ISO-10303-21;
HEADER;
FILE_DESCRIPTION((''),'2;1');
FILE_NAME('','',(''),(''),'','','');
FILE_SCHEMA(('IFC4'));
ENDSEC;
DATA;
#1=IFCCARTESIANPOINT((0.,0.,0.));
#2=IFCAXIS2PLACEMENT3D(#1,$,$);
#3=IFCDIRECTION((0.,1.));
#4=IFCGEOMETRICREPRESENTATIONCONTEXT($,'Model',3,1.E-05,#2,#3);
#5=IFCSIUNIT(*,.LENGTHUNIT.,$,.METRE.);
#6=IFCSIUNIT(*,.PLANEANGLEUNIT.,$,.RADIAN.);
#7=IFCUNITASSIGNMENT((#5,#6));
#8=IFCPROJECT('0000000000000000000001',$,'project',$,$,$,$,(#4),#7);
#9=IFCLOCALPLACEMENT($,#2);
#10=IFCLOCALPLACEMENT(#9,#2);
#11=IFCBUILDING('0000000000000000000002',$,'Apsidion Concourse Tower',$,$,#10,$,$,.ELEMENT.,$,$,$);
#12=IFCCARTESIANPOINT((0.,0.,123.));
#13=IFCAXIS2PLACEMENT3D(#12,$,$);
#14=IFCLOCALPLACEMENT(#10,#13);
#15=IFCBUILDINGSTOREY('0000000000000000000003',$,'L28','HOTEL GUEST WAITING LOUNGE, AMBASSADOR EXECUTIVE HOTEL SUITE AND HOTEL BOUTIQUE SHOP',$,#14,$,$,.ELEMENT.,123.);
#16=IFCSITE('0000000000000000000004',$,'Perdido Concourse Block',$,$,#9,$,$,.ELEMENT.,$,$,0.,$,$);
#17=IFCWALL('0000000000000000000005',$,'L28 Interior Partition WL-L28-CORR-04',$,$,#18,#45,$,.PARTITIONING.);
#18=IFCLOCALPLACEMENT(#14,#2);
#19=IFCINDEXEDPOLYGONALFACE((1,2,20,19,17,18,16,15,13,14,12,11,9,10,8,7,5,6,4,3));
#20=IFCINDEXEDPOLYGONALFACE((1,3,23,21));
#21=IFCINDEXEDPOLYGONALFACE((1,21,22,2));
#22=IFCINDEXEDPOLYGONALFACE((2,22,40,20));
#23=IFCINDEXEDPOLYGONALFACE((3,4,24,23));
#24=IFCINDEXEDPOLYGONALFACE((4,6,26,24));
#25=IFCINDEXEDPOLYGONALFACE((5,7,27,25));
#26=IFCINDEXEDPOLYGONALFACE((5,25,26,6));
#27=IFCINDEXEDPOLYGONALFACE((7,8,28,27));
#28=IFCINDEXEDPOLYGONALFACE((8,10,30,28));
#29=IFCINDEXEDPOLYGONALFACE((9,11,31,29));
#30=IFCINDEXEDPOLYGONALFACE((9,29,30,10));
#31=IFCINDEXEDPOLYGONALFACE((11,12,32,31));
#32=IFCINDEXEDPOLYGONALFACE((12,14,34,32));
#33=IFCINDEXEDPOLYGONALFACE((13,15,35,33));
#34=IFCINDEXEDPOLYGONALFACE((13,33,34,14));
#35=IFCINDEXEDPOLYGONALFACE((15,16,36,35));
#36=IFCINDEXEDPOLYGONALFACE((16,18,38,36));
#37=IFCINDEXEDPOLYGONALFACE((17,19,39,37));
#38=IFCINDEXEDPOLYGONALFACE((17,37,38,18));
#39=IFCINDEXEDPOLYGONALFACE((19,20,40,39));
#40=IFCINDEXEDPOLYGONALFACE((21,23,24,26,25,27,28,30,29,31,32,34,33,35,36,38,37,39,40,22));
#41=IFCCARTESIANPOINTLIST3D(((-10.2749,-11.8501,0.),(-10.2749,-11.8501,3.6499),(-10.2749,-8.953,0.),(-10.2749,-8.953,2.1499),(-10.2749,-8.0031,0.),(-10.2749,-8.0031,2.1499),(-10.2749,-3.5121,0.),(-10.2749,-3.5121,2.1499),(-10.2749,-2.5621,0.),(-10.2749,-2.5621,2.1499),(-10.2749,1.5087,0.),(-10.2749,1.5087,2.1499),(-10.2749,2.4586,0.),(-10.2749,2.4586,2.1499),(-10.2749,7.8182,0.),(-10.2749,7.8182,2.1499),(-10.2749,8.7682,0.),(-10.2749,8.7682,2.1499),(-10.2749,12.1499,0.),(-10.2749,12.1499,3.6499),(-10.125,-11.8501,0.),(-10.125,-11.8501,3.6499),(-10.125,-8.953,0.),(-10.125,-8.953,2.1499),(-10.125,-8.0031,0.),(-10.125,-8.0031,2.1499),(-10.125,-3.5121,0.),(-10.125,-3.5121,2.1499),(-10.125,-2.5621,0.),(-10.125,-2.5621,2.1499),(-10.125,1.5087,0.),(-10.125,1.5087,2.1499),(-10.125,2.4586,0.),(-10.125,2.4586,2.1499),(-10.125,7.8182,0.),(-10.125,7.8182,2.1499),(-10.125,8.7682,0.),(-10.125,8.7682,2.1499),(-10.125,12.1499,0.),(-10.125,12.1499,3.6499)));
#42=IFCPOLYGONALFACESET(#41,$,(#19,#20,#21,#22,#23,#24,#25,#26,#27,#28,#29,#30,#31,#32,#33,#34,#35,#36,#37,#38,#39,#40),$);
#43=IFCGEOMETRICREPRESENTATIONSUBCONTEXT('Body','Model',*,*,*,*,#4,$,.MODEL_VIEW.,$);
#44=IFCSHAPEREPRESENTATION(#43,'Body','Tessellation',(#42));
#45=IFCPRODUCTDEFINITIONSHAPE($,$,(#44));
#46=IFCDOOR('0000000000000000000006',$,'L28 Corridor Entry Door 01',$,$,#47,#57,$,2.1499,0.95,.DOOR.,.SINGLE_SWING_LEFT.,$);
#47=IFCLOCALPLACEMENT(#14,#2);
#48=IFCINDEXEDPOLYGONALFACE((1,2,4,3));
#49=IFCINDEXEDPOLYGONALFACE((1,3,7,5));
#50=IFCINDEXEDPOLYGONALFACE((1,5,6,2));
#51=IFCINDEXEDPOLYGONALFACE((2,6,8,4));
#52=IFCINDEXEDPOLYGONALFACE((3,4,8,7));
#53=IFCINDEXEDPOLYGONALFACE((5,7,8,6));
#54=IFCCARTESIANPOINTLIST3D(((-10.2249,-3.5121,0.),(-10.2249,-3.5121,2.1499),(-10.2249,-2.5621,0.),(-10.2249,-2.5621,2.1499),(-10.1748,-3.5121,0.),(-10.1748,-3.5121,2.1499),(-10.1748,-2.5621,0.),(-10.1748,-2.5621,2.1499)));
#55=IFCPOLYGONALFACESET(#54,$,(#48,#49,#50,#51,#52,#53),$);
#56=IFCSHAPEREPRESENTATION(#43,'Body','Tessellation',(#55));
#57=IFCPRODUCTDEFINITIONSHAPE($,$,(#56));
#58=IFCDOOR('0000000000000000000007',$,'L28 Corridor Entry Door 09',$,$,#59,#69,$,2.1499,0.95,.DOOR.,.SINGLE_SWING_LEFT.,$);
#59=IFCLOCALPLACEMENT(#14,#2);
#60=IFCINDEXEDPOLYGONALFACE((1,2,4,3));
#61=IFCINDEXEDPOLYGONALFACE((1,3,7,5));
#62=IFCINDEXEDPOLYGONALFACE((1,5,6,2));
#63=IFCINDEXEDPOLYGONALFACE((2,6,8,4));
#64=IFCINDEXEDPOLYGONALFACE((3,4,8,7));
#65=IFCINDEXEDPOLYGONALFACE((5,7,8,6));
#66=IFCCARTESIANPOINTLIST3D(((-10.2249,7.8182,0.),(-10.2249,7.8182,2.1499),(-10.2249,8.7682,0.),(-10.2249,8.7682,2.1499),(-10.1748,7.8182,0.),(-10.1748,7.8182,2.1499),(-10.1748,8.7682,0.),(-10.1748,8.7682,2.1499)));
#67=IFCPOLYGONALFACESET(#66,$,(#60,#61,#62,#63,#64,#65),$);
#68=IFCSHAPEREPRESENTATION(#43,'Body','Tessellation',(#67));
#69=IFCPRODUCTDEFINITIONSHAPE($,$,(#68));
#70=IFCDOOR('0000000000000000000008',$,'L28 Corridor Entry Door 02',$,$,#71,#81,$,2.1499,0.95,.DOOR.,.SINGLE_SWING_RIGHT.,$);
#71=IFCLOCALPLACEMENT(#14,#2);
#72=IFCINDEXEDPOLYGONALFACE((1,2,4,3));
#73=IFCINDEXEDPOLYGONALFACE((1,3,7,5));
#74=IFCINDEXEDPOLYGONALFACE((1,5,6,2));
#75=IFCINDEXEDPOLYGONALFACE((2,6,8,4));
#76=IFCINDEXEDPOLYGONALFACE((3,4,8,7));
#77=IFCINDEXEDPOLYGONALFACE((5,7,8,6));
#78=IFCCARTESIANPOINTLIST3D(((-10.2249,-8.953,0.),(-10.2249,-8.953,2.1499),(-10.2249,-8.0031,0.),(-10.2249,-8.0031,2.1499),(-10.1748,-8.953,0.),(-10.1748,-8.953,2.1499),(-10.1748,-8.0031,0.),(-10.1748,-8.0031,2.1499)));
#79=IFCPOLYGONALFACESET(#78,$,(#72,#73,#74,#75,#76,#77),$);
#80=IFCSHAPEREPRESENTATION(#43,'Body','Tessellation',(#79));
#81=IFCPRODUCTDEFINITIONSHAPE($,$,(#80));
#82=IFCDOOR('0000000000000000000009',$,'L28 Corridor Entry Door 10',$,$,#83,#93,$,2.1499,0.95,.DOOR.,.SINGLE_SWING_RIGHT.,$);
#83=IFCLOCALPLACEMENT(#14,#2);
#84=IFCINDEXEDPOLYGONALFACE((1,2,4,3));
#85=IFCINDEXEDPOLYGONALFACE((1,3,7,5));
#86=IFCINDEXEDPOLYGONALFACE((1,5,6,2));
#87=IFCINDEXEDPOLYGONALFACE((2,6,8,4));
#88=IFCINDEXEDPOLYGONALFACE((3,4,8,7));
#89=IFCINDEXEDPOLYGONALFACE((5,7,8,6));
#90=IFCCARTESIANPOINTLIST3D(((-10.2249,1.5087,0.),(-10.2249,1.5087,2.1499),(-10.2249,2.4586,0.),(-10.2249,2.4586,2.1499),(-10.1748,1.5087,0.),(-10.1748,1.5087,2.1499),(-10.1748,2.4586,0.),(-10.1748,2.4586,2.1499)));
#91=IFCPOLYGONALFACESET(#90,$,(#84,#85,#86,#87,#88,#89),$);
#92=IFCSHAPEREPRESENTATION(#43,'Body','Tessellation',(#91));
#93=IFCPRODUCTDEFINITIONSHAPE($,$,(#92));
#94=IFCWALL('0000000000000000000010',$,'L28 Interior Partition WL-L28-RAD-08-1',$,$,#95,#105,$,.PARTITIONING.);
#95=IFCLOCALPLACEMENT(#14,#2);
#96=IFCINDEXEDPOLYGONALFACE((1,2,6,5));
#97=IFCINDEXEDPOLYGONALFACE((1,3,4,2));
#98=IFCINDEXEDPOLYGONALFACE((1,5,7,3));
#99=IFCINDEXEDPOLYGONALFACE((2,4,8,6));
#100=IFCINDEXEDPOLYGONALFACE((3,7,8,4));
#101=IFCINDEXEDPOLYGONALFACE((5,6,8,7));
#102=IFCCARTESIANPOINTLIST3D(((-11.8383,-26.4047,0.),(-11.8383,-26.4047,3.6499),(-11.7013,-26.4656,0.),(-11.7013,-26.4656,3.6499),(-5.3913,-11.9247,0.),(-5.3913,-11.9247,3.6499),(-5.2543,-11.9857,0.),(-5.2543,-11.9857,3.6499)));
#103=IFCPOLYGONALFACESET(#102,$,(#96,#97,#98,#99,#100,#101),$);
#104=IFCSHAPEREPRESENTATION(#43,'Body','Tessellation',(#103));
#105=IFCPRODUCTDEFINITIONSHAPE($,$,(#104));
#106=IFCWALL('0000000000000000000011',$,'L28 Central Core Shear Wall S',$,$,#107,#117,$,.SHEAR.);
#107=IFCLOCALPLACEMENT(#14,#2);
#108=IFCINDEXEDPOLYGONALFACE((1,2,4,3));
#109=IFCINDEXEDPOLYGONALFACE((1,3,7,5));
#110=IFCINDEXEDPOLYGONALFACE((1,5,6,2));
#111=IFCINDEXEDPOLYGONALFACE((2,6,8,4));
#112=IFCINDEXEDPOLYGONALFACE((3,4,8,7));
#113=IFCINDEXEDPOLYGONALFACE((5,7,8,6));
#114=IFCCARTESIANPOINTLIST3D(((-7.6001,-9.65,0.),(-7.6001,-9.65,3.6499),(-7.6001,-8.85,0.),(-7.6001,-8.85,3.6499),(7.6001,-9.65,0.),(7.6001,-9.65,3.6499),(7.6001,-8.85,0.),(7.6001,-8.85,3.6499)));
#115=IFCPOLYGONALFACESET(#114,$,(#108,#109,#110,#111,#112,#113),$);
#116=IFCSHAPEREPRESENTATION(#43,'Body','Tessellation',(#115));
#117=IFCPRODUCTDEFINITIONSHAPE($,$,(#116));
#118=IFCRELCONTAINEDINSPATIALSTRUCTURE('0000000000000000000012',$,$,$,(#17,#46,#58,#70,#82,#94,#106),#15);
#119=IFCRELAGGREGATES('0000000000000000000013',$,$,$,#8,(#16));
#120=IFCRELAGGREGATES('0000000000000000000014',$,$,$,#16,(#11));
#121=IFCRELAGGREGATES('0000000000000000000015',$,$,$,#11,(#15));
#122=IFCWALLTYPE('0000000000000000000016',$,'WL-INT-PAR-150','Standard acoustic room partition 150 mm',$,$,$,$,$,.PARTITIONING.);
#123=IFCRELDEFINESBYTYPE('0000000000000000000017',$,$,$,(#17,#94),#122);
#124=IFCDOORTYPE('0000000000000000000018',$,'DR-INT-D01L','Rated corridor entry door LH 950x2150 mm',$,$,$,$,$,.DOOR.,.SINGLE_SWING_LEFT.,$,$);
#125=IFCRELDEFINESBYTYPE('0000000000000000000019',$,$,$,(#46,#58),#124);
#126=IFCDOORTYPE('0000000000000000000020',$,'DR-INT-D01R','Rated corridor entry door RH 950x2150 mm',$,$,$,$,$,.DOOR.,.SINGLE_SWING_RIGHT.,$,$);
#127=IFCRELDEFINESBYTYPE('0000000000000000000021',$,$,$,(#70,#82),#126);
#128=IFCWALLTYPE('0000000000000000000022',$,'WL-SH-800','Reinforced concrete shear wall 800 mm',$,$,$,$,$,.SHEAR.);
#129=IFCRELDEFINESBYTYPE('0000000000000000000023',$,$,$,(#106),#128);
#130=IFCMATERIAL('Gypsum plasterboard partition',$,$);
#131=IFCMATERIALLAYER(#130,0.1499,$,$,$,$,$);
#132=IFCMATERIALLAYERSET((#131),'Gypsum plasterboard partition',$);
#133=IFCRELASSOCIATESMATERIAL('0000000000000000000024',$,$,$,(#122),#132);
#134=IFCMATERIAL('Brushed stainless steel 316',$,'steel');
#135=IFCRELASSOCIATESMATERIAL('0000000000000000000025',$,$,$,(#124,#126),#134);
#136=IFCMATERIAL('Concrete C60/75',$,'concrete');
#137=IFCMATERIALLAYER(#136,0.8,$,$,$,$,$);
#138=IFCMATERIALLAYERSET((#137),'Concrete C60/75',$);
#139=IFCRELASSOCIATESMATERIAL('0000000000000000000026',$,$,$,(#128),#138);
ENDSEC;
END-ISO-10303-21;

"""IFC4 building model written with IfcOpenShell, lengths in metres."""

from ifc_helpers import new_model, si_unit, direction, frame, frame_2d, origin, place, context, subcontext, project, spatial, rectangle, extrude, material, layer, layer_set, type_object, element, fill, save


model = new_model("IFC4")

# Units and contexts
model_context = context("Model", 3, precision=1e-05, world=origin(), true_north=direction((0.0, 1.0)))
body_context = subcontext(model_context, "Body", "Model", "MODEL_VIEW")
ifc_project = project(units=[si_unit("LENGTHUNIT", "METRE"), si_unit("PLANEANGLEUNIT", "RADIAN")], contexts=[model_context])

# Site, building, storey
site_placement = place(None, origin())
site = spatial("IfcSite", under=ifc_project, at=site_placement, Name="Perdido Concourse Block", CompositionType="ELEMENT", RefElevation=0.0)
building_placement = place(site_placement, origin())
building = spatial("IfcBuilding", under=site, at=building_placement, Name="Apsidion Concourse Tower", CompositionType="ELEMENT")
storey_placement = place(building_placement, frame((0.0, 0.0, 123.0)))
storey = spatial("IfcBuildingStorey", under=building, at=storey_placement, Name="L28", Description="HOTEL GUEST WAITING LOUNGE, AMBASSADOR EXECUTIVE HOTEL SUITE AND HOTEL BOUTIQUE SHOP", CompositionType="ELEMENT", Elevation=123.0)

# Shared definitions
ifc_material_1 = material(Name="Concrete C60/75", Category="concrete")

# Shared definitions
ifc_material_2 = material(Name="Gypsum plasterboard partition")
ifc_layer_1 = layer(ifc_material_2, 0.1499)
ifc_layer_set_1 = layer_set([ifc_layer_1], Name="Gypsum plasterboard partition")
wall_type_1 = type_object("IfcWallType", Name="WL-INT-PAR-150", Description="Standard acoustic room partition 150 mm", PredefinedType="PARTITIONING", material=ifc_layer_set_1)

# Wall, openings, doors
wall_1_placement = place(storey_placement, frame((-10.2, -11.8501, 0.0), z_axis=(0.0, 0.0, 1.0), x_axis=(0.0, 1.0, 0.0)))
wall_1 = element("IfcWall", 1, at=wall_1_placement, inside=storey, type_object=wall_type_1, Name="L28 Interior Partition WL-L28-CORR-04", PredefinedType="PARTITIONING", context=body_context, shape_type="SweptSolid", body=[
    extrude(rectangle(XDim=24.0, YDim=0.1499, at=frame_2d((12.0, 0.0))), origin(), (0.0, 0.0, 1.0), 3.6499),
])
opening_1_placement = place(wall_1_placement, frame((8.3379, 0.0, 0.0)))
opening_1 = element("IfcOpeningElement", 2, at=opening_1_placement, cuts=wall_1, PredefinedType="OPENING", context=body_context, shape_type="SweptSolid", body=[
    extrude(rectangle(XDim=0.95, YDim=2.1499, at=frame_2d((0.4751, 1.075))), frame((0.0, 0.085, 0.0), z_axis=(0.0, -1.0, 0.0), x_axis=(1.0, 0.0, 0.0)), (0.0, 0.0, 1.0), 0.1699),
])
opening_2_placement = place(wall_1_placement, frame((2.897, 0.0, 0.0)))
opening_2 = element("IfcOpeningElement", 3, at=opening_2_placement, cuts=wall_1, PredefinedType="OPENING", context=body_context, shape_type="SweptSolid", body=[
    extrude(rectangle(XDim=0.95, YDim=2.1499, at=frame_2d((0.4751, 1.075))), frame((0.0, 0.085, 0.0), z_axis=(0.0, -1.0, 0.0), x_axis=(1.0, 0.0, 0.0)), (0.0, 0.0, 1.0), 0.1699),
])
opening_3_placement = place(wall_1_placement, frame((19.6682, 0.0, 0.0)))
opening_3 = element("IfcOpeningElement", 4, at=opening_3_placement, cuts=wall_1, PredefinedType="OPENING", context=body_context, shape_type="SweptSolid", body=[
    extrude(rectangle(XDim=0.95, YDim=2.1499, at=frame_2d((0.4751, 1.075))), frame((0.0, 0.085, 0.0), z_axis=(0.0, -1.0, 0.0), x_axis=(1.0, 0.0, 0.0)), (0.0, 0.0, 1.0), 0.1699),
])
opening_4_placement = place(wall_1_placement, frame((13.3586, 0.0, 0.0)))
opening_4 = element("IfcOpeningElement", 5, at=opening_4_placement, cuts=wall_1, PredefinedType="OPENING", context=body_context, shape_type="SweptSolid", body=[
    extrude(rectangle(XDim=0.95, YDim=2.1499, at=frame_2d((0.4751, 1.075))), frame((0.0, 0.085, 0.0), z_axis=(0.0, -1.0, 0.0), x_axis=(1.0, 0.0, 0.0)), (0.0, 0.0, 1.0), 0.1699),
])
ifc_material_3 = material(Name="Brushed stainless steel 316", Category="steel")
door_type_1 = type_object("IfcDoorType", Name="DR-INT-D01L", Description="Rated corridor entry door LH 950x2150 mm", OperationType="SINGLE_SWING_LEFT", PredefinedType="DOOR", material=ifc_material_3)
door_1_placement = place(opening_1_placement, origin())
door_1 = element("IfcDoor", 6, at=door_1_placement, inside=storey, type_object=door_type_1, Name="L28 Corridor Entry Door 01", OperationType="SINGLE_SWING_LEFT", OverallHeight=2.1499, OverallWidth=0.95, PredefinedType="DOOR", context=body_context, shape_type="SweptSolid", body=[
    extrude(rectangle(XDim=0.95, YDim=2.1499, at=frame_2d((0.4751, 1.075))), frame((0.0, 0.0249, 0.0), z_axis=(0.0, -1.0, 0.0), x_axis=(1.0, 0.0, 0.0)), (0.0, 0.0, 1.0), 0.05),
])
fill(opening_1, door_1)
door_2_placement = place(opening_3_placement, origin())
door_2 = element("IfcDoor", 7, at=door_2_placement, inside=storey, type_object=door_type_1, Name="L28 Corridor Entry Door 09", OperationType="SINGLE_SWING_LEFT", OverallHeight=2.1499, OverallWidth=0.95, PredefinedType="DOOR", context=body_context, shape_type="SweptSolid", body=[
    extrude(rectangle(XDim=0.95, YDim=2.1499, at=frame_2d((0.4751, 1.075))), frame((0.0, 0.0249, 0.0), z_axis=(0.0, -1.0, 0.0), x_axis=(1.0, 0.0, 0.0)), (0.0, 0.0, 1.0), 0.05),
])
fill(opening_3, door_2)
door_type_2 = type_object("IfcDoorType", Name="DR-INT-D01R", Description="Rated corridor entry door RH 950x2150 mm", OperationType="SINGLE_SWING_RIGHT", PredefinedType="DOOR", material=ifc_material_3)
door_3_placement = place(opening_2_placement, origin())
door_3 = element("IfcDoor", 8, at=door_3_placement, inside=storey, type_object=door_type_2, Name="L28 Corridor Entry Door 02", OperationType="SINGLE_SWING_RIGHT", OverallHeight=2.1499, OverallWidth=0.95, PredefinedType="DOOR", context=body_context, shape_type="SweptSolid", body=[
    extrude(rectangle(XDim=0.95, YDim=2.1499, at=frame_2d((0.4751, 1.075))), frame((0.0, 0.0249, 0.0), z_axis=(0.0, -1.0, 0.0), x_axis=(1.0, 0.0, 0.0)), (0.0, 0.0, 1.0), 0.05),
])
fill(opening_2, door_3)
door_4_placement = place(opening_4_placement, origin())
door_4 = element("IfcDoor", 9, at=door_4_placement, inside=storey, type_object=door_type_2, Name="L28 Corridor Entry Door 10", OperationType="SINGLE_SWING_RIGHT", OverallHeight=2.1499, OverallWidth=0.95, PredefinedType="DOOR", context=body_context, shape_type="SweptSolid", body=[
    extrude(rectangle(XDim=0.95, YDim=2.1499, at=frame_2d((0.4751, 1.075))), frame((0.0, 0.0249, 0.0), z_axis=(0.0, -1.0, 0.0), x_axis=(1.0, 0.0, 0.0)), (0.0, 0.0, 1.0), 0.05),
])
fill(opening_4, door_4)

# Wall
wall_2_placement = place(storey_placement, frame((-5.3228, -11.9551, 0.0), z_axis=(0.0, 0.0, 1.0), x_axis=(-0.406743, -0.913543, 0.0)))
element("IfcWall", 10, at=wall_2_placement, inside=storey, type_object=wall_type_1, Name="L28 Interior Partition WL-L28-RAD-08-1", PredefinedType="PARTITIONING", context=body_context, shape_type="SweptSolid", body=[
    extrude(rectangle(XDim=15.8503, YDim=0.1499, at=frame_2d((7.9253, 0.0))), origin(), (0.0, 0.0, 1.0), 3.6499),
])

# Shared definitions
ifc_layer_2 = layer(ifc_material_1, 0.8)
ifc_layer_set_2 = layer_set([ifc_layer_2], Name="Concrete C60/75")
wall_type_2 = type_object("IfcWallType", Name="WL-SH-800", Description="Reinforced concrete shear wall 800 mm", PredefinedType="SHEAR", material=ifc_layer_set_2)

# Wall
wall_3_placement = place(storey_placement, frame((-7.6001, -9.25, 0.0), z_axis=(0.0, 0.0, 1.0), x_axis=(1.0, 0.0, 0.0)))
element("IfcWall", 11, at=wall_3_placement, inside=storey, type_object=wall_type_2, Name="L28 Central Core Shear Wall S", PredefinedType="SHEAR", context=body_context, shape_type="SweptSolid", body=[
    extrude(rectangle(XDim=15.2002, YDim=0.8, at=frame_2d((7.6001, 0.0))), origin(), (0.0, 0.0, 1.0), 3.6499),
])

save(model, "model.ifc")
